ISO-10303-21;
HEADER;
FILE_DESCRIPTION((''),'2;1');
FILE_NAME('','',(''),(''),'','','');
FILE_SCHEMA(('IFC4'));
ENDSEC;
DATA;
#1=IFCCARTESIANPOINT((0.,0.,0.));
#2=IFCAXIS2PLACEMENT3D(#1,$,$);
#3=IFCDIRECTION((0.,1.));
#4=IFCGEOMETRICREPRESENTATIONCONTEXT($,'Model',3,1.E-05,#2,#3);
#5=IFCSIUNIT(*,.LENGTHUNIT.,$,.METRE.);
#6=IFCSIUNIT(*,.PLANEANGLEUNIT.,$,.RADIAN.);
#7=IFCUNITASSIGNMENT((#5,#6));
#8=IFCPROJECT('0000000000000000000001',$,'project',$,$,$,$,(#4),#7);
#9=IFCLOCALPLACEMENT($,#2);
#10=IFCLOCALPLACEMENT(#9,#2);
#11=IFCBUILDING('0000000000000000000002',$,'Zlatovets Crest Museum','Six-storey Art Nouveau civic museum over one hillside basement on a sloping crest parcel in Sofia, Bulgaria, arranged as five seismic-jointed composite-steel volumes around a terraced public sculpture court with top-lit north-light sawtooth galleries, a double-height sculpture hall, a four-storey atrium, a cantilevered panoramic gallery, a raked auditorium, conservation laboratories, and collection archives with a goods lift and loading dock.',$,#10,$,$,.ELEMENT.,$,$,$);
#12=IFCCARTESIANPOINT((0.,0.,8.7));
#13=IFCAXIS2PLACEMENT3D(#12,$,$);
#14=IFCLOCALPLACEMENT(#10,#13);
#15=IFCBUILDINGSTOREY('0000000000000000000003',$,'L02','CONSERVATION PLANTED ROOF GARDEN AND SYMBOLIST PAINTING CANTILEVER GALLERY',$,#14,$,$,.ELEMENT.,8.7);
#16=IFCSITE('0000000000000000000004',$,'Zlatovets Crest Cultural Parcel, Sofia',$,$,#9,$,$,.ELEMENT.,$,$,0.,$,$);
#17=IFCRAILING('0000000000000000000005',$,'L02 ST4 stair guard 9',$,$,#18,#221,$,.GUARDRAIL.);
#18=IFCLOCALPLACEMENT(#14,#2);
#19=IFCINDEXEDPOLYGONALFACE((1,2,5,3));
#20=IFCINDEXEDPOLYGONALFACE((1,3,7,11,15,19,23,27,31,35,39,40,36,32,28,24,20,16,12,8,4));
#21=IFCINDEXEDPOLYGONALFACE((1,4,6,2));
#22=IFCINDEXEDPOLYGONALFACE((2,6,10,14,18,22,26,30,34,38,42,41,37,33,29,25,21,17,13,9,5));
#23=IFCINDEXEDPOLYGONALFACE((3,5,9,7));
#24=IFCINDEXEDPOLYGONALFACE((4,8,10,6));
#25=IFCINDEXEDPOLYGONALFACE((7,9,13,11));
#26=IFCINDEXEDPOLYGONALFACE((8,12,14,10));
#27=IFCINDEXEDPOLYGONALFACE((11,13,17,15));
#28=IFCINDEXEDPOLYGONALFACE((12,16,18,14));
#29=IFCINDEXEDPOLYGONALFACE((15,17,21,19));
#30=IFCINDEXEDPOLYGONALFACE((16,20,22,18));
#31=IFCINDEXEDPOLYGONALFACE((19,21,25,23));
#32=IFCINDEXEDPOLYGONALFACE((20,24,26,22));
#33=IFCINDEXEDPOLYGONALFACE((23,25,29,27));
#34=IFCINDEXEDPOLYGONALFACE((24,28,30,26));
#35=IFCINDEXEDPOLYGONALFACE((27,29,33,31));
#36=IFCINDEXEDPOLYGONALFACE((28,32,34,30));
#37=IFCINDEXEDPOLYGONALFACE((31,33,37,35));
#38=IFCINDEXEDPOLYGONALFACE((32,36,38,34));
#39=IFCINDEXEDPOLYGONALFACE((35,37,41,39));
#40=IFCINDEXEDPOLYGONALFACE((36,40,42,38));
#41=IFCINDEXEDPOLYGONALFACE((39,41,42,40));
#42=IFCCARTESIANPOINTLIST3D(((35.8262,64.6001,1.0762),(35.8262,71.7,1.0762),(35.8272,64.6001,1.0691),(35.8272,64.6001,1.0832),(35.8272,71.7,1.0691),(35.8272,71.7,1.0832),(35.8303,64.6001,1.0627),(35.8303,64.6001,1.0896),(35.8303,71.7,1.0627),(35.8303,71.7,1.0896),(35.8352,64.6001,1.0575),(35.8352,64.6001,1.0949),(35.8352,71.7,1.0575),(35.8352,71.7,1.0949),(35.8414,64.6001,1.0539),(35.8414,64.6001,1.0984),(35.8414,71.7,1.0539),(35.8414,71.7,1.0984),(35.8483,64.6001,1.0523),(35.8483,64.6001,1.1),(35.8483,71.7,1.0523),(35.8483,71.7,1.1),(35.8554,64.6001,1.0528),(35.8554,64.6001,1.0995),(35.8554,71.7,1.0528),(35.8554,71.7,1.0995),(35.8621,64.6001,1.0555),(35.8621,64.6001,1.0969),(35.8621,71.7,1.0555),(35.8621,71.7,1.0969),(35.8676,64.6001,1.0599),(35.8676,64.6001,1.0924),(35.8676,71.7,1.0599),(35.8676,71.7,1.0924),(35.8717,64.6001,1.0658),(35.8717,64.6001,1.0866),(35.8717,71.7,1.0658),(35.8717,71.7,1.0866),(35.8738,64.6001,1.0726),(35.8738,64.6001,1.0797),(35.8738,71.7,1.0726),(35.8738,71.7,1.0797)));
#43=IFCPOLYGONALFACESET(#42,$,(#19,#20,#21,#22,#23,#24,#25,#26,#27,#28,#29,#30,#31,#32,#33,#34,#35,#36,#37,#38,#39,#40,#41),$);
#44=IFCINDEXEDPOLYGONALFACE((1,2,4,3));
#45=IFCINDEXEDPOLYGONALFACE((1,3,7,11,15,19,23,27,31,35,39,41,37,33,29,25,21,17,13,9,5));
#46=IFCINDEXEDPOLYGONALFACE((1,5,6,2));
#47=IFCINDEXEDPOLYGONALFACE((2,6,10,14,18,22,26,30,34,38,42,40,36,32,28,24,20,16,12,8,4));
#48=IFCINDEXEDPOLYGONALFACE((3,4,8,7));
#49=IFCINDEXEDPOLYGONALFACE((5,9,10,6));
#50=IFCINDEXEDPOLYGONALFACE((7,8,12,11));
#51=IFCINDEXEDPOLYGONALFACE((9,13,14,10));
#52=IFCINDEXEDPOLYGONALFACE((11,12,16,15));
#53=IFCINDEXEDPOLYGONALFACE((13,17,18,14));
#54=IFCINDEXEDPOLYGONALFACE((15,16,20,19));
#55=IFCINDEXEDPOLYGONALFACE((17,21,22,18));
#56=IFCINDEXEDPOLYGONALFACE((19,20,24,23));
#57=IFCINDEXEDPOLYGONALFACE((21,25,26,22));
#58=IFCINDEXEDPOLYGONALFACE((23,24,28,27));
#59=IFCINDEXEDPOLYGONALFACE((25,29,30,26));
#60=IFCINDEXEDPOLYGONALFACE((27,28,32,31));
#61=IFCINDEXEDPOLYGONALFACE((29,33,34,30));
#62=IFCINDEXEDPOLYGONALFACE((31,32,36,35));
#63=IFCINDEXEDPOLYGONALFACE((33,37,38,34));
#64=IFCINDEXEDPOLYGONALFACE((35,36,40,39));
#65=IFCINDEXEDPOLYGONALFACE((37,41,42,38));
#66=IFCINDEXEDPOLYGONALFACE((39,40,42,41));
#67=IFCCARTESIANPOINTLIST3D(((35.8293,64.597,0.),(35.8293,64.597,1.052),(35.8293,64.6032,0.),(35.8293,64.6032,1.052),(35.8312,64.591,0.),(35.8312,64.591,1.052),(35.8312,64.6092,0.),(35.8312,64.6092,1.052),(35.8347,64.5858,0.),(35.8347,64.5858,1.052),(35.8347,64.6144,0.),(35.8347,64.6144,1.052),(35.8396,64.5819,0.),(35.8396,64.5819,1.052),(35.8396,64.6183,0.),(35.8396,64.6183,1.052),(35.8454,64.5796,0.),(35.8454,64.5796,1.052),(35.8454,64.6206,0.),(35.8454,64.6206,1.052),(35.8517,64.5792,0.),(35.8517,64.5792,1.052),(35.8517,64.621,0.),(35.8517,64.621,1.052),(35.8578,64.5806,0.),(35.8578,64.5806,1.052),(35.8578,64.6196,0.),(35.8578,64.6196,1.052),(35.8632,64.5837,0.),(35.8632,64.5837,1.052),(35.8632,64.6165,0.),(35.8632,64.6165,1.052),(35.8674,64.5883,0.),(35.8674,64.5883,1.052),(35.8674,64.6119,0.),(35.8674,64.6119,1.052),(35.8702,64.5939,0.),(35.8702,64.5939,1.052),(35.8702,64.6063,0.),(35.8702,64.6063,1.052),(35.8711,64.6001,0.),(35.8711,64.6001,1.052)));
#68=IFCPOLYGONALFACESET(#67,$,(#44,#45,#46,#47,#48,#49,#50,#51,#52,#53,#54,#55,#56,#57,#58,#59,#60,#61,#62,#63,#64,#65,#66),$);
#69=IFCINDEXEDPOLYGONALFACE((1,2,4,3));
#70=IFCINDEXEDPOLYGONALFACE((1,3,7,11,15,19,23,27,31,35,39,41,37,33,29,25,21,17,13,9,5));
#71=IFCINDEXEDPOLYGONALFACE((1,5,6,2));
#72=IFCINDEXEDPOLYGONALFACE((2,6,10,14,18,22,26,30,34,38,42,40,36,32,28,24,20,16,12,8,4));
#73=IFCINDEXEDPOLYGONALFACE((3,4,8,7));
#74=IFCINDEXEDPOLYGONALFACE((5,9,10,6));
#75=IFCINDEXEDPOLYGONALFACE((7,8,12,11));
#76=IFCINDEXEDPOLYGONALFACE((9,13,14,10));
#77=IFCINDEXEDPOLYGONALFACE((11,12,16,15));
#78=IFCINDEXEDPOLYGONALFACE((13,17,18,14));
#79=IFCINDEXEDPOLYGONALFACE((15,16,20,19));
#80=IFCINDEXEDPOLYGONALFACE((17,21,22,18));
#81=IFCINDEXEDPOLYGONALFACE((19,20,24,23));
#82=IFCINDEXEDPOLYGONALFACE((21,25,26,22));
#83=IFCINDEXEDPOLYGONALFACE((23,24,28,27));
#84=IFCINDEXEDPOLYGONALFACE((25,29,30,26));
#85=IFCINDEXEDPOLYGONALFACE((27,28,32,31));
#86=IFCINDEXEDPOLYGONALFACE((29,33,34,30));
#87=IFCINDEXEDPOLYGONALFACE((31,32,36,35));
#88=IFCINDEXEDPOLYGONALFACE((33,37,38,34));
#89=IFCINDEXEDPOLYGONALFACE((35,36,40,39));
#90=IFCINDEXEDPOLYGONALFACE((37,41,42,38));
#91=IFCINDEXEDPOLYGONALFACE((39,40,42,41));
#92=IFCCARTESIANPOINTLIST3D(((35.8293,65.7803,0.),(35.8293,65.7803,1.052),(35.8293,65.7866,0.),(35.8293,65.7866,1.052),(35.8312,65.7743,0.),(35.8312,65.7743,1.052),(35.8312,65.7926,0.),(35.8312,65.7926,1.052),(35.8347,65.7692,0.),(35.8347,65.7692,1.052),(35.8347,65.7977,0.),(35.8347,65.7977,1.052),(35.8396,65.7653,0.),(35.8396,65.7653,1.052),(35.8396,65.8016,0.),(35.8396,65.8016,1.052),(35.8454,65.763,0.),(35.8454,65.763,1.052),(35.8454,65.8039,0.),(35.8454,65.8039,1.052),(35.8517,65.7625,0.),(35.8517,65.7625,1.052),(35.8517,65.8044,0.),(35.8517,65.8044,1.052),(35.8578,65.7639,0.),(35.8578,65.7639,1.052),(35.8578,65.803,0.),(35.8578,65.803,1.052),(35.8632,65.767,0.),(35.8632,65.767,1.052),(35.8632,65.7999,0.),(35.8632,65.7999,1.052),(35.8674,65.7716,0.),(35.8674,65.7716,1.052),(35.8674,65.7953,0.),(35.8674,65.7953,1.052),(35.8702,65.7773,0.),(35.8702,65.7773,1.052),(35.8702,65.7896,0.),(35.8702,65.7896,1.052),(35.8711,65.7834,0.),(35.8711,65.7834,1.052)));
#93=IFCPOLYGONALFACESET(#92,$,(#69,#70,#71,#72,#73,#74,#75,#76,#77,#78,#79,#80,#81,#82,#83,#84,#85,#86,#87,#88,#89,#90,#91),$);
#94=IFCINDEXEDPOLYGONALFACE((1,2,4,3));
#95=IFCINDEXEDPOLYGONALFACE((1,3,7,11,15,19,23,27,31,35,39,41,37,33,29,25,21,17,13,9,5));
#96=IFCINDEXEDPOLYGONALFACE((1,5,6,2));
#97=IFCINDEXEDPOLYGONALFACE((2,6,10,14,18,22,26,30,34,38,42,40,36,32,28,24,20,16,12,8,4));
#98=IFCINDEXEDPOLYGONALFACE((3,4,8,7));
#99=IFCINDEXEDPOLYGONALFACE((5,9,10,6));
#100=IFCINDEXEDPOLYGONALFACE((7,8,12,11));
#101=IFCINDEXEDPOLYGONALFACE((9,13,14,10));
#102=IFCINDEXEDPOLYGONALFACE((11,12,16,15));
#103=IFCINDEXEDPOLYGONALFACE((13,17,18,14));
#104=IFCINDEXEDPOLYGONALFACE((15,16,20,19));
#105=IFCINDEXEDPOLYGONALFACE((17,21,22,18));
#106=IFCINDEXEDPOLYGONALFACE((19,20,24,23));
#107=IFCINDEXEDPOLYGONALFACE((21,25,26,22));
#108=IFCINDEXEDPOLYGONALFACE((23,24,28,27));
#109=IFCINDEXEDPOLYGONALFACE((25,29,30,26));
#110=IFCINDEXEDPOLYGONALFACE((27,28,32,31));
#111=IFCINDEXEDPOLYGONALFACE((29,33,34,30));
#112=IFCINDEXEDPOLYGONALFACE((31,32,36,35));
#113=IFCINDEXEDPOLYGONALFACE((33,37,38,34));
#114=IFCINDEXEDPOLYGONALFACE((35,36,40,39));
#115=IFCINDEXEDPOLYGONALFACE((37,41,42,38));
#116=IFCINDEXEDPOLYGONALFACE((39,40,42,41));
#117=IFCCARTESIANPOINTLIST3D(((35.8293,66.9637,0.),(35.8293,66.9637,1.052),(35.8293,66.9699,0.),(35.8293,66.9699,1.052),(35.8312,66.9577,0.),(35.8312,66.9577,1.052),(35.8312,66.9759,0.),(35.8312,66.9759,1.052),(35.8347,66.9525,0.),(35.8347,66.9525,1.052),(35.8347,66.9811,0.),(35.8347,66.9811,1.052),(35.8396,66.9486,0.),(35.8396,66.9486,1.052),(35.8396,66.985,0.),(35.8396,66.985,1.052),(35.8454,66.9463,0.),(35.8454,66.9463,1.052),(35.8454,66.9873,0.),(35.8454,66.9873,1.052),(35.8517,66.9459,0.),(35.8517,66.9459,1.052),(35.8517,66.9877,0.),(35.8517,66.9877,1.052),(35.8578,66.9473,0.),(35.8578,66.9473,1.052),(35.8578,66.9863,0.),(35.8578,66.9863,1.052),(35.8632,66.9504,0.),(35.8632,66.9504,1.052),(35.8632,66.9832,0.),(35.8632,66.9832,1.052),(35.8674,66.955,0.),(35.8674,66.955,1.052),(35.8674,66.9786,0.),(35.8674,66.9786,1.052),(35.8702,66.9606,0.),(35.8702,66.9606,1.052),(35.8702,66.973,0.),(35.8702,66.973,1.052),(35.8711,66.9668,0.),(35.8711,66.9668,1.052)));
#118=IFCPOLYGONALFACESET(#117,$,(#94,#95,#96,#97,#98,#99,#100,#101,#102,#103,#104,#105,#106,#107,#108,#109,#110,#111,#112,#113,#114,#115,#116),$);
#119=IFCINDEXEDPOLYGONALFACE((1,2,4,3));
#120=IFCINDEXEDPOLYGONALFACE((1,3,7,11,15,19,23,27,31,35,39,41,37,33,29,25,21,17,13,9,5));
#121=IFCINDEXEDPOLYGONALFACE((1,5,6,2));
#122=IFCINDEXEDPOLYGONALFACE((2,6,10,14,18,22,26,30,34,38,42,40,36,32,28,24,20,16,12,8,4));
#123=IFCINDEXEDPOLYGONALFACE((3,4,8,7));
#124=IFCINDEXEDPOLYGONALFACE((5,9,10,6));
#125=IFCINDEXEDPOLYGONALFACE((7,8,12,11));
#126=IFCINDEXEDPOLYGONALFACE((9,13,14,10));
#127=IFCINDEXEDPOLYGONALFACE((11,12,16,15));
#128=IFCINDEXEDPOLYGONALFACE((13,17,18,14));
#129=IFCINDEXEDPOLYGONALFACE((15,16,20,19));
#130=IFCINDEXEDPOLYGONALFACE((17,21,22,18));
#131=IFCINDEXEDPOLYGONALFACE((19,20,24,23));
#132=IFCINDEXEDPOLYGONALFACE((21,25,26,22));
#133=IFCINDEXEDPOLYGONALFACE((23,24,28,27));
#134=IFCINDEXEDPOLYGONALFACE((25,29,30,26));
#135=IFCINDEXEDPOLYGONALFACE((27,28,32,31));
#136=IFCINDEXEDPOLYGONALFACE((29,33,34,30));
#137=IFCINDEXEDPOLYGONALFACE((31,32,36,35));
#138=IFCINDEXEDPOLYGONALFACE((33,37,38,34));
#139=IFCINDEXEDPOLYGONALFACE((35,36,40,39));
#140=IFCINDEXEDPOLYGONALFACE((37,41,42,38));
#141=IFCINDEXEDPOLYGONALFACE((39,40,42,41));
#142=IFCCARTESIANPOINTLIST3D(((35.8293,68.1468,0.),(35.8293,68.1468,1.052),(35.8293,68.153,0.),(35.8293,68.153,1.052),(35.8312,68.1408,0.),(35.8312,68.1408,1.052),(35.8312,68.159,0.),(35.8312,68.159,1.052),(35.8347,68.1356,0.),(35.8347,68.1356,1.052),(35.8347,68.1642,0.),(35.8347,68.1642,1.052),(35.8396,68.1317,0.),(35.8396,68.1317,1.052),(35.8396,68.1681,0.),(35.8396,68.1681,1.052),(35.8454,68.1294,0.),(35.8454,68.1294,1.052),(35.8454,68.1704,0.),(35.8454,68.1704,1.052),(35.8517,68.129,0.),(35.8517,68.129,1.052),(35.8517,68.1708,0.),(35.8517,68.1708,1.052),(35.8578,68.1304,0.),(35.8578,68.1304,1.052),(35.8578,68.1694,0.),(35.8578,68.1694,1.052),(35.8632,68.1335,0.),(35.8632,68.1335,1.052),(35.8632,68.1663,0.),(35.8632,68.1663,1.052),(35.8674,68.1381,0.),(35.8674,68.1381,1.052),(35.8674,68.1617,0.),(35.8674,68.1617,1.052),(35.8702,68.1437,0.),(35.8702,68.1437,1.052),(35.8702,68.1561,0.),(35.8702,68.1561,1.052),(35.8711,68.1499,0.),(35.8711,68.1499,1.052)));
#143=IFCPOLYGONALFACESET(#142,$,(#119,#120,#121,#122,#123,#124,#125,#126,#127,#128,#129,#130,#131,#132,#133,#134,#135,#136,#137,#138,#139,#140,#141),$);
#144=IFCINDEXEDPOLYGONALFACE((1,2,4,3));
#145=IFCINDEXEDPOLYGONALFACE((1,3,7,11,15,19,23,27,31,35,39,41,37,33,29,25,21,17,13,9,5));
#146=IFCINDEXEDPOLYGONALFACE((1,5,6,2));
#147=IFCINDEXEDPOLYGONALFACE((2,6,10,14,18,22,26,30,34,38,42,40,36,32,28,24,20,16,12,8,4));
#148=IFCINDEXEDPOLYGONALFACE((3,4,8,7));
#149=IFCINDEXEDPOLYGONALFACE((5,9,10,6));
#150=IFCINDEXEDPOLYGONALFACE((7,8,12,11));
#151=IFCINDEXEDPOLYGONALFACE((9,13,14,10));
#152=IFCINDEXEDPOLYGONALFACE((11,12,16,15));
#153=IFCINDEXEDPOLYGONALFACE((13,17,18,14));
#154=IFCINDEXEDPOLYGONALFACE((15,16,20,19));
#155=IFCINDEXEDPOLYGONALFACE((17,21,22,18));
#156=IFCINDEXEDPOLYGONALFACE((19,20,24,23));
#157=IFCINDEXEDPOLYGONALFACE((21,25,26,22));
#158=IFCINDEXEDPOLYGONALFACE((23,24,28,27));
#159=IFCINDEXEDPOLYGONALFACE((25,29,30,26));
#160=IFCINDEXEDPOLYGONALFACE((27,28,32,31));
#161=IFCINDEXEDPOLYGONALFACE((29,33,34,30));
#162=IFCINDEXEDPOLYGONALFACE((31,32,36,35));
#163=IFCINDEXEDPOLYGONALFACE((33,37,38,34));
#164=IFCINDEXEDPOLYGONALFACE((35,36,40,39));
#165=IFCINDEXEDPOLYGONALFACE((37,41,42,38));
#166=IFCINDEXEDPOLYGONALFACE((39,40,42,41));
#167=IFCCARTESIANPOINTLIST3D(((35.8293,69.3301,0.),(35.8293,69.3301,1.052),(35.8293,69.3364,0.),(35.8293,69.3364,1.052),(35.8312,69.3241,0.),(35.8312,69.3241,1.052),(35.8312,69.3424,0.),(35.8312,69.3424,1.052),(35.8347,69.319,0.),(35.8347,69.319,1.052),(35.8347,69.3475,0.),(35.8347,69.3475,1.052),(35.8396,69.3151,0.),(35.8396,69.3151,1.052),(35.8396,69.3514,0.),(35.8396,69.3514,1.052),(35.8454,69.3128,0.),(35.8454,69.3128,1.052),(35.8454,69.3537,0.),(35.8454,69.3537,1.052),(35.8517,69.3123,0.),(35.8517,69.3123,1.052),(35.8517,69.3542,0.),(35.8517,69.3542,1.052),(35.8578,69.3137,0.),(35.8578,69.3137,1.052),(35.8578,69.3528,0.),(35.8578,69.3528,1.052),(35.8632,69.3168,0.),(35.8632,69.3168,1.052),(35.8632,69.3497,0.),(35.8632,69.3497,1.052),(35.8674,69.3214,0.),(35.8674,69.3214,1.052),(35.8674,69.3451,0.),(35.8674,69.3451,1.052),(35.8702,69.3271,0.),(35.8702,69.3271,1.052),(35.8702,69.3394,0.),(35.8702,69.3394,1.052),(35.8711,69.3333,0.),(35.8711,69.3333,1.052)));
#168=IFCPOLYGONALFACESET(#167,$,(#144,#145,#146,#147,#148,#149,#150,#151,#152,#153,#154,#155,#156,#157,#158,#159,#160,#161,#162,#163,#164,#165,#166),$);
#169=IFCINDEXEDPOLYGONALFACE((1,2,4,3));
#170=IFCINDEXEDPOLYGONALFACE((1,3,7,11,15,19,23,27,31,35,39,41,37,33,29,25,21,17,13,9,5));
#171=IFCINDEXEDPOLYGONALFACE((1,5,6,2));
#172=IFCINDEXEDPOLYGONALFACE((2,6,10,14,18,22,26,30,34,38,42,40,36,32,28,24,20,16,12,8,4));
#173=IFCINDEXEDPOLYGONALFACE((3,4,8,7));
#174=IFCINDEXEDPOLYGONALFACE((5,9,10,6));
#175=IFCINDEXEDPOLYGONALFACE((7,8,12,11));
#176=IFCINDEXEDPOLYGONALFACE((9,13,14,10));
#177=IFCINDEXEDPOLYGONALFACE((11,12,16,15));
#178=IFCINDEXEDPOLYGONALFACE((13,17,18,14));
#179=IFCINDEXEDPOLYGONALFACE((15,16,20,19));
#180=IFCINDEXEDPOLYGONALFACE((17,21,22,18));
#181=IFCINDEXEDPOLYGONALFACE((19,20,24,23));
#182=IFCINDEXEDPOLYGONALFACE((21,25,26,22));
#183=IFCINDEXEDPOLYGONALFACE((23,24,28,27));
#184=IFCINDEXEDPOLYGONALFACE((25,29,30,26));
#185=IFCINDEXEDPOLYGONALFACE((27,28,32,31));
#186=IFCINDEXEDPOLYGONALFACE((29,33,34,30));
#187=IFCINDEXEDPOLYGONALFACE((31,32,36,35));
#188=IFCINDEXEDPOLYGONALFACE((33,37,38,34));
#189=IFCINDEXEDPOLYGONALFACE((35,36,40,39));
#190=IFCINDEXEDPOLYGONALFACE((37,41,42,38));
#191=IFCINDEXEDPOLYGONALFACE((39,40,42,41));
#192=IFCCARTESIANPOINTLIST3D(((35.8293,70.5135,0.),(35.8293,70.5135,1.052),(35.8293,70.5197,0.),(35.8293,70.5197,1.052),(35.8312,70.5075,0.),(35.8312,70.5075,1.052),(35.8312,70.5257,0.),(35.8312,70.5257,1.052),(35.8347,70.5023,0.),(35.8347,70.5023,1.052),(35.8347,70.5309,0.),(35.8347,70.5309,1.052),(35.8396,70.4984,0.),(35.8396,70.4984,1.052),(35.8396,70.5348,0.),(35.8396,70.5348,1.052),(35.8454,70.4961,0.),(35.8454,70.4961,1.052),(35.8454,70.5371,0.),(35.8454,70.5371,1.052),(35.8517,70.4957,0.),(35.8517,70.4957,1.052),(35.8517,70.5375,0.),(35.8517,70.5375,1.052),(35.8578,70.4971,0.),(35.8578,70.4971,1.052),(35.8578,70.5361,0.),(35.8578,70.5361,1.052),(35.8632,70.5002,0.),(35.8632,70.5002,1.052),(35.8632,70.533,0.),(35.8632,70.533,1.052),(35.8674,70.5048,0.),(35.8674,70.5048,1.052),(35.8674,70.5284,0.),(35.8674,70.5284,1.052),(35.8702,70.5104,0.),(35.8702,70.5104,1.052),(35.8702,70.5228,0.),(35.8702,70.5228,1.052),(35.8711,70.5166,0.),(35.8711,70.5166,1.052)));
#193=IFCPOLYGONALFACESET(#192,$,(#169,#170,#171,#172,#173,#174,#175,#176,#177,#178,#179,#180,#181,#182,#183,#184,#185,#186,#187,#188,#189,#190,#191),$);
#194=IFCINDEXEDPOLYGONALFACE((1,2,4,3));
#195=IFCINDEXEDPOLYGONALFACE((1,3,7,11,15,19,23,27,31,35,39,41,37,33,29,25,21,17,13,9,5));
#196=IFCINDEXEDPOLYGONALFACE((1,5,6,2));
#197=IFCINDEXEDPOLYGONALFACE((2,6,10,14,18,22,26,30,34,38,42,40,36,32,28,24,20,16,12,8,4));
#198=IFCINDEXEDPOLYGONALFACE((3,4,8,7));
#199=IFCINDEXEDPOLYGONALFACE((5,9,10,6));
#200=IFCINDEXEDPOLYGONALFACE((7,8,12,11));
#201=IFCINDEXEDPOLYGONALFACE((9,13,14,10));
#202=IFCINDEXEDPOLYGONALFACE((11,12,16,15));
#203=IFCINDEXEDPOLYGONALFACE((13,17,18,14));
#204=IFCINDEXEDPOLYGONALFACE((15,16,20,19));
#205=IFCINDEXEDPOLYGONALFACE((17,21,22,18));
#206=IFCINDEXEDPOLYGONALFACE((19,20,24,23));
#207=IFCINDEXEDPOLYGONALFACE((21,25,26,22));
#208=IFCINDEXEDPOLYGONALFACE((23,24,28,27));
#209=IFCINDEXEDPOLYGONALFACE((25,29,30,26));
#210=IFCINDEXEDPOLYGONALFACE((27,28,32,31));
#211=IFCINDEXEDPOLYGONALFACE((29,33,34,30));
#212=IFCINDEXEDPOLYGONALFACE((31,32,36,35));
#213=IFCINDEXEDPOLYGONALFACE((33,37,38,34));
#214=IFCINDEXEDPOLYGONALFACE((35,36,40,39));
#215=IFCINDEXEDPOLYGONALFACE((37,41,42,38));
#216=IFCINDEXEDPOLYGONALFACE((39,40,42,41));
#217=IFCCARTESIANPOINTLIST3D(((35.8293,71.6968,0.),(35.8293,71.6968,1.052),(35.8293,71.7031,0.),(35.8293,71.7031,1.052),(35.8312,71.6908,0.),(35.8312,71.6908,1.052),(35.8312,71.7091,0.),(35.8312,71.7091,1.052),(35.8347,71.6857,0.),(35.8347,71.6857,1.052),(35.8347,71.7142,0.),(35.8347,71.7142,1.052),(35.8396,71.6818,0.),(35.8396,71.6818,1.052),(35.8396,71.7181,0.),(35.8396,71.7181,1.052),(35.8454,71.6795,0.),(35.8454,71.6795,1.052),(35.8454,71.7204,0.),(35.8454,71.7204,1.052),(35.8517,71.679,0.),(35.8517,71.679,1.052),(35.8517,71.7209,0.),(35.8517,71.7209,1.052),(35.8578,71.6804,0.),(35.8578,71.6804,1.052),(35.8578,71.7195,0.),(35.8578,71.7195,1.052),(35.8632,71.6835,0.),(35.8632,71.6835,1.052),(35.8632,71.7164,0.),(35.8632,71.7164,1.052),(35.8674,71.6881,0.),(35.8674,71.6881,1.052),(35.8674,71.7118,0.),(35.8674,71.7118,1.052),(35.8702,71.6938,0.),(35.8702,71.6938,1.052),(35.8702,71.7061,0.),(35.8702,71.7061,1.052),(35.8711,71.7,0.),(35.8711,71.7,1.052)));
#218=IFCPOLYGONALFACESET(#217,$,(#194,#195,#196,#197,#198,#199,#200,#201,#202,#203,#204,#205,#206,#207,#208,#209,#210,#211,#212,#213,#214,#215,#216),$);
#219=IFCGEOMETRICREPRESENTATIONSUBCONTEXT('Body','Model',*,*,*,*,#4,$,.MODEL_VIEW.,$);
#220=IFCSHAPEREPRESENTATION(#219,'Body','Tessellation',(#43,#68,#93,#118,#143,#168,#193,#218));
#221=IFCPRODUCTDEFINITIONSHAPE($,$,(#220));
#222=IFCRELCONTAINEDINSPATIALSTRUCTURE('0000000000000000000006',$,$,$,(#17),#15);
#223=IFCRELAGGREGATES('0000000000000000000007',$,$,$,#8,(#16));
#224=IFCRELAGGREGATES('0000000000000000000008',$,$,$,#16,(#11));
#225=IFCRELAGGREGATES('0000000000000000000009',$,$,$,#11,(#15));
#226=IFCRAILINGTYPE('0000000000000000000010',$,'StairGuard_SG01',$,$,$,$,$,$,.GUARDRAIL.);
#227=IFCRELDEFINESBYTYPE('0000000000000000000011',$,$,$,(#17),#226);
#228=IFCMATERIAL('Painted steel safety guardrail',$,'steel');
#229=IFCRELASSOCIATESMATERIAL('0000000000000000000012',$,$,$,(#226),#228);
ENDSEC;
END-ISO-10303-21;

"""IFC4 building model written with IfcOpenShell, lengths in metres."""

from ifc_helpers import new_model, si_unit, direction, frame, origin, origin_2d, place, context, subcontext, project, spatial, circle, extrude, material, type_object, element, save


model = new_model("IFC4")

# Units and contexts
model_context = context("Model", 3, precision=1e-05, world=origin(), true_north=direction((0.0, 1.0)))
body_context = subcontext(model_context, "Body", "Model", "MODEL_VIEW")
ifc_project = project(units=[si_unit("LENGTHUNIT", "METRE"), si_unit("PLANEANGLEUNIT", "RADIAN")], contexts=[model_context])

# Site, building, storey
site_placement = place(None, origin())
site = spatial("IfcSite", under=ifc_project, at=site_placement, Name="Zlatovets Crest Cultural Parcel, Sofia", CompositionType="ELEMENT", RefElevation=0.0)
building_placement = place(site_placement, origin())
building = spatial("IfcBuilding", under=site, at=building_placement, Name="Zlatovets Crest Museum", Description="Six-storey Art Nouveau civic museum over one hillside basement on a sloping crest parcel in Sofia, Bulgaria, arranged as five seismic-jointed composite-steel volumes around a terraced public sculpture court with top-lit north-light sawtooth galleries, a double-height sculpture hall, a four-storey atrium, a cantilevered panoramic gallery, a raked auditorium, conservation laboratories, and collection archives with a goods lift and loading dock.", CompositionType="ELEMENT")
storey_placement = place(building_placement, frame((0.0, 0.0, 8.7)))
storey = spatial("IfcBuildingStorey", under=building, at=storey_placement, Name="L02", Description="CONSERVATION PLANTED ROOF GARDEN AND SYMBOLIST PAINTING CANTILEVER GALLERY", CompositionType="ELEMENT", Elevation=8.7)

# Railing
ifc_material_1 = material(Name="Painted steel safety guardrail", Category="steel")
railing_type = type_object("IfcRailingType", Name="StairGuard_SG01", PredefinedType="GUARDRAIL", material=ifc_material_1)
railing_1_placement = place(storey_placement, frame((35.8501, 64.6001, 0.0)))
element("IfcRailing", 1, at=railing_1_placement, inside=storey, type_object=railing_type, Name="L02 ST4 stair guard 9", PredefinedType="GUARDRAIL", context=body_context, shape_type="SweptSolid", body=[
    extrude(circle(Radius=0.0239, at=origin_2d()), frame((0.0, 0.0, 1.0762), z_axis=(0.0, 1.0, 0.0), x_axis=(-1.0, 0.0, 0.0)), (0.0, 0.0, 1.0), 7.0999),
    extrude(circle(Radius=0.021, at=origin_2d()), origin(), (0.0, 0.0, 1.0), 1.052),
    extrude(circle(Radius=0.021, at=origin_2d()), frame((0.0, 1.1833, 0.0)), (0.0, 0.0, 1.0), 1.052),
    extrude(circle(Radius=0.021, at=origin_2d()), frame((0.0, 2.3667, 0.0)), (0.0, 0.0, 1.0), 1.052),
    extrude(circle(Radius=0.021, at=origin_2d()), frame((0.0, 3.5498, 0.0)), (0.0, 0.0, 1.0), 1.052),
    extrude(circle(Radius=0.021, at=origin_2d()), frame((0.0, 4.7332, 0.0)), (0.0, 0.0, 1.0), 1.052),
    extrude(circle(Radius=0.021, at=origin_2d()), frame((0.0, 5.9165, 0.0)), (0.0, 0.0, 1.0), 1.052),
    extrude(circle(Radius=0.021, at=origin_2d()), frame((0.0, 7.0999, 0.0)), (0.0, 0.0, 1.0), 1.052),
])

save(model, "model.ifc")
